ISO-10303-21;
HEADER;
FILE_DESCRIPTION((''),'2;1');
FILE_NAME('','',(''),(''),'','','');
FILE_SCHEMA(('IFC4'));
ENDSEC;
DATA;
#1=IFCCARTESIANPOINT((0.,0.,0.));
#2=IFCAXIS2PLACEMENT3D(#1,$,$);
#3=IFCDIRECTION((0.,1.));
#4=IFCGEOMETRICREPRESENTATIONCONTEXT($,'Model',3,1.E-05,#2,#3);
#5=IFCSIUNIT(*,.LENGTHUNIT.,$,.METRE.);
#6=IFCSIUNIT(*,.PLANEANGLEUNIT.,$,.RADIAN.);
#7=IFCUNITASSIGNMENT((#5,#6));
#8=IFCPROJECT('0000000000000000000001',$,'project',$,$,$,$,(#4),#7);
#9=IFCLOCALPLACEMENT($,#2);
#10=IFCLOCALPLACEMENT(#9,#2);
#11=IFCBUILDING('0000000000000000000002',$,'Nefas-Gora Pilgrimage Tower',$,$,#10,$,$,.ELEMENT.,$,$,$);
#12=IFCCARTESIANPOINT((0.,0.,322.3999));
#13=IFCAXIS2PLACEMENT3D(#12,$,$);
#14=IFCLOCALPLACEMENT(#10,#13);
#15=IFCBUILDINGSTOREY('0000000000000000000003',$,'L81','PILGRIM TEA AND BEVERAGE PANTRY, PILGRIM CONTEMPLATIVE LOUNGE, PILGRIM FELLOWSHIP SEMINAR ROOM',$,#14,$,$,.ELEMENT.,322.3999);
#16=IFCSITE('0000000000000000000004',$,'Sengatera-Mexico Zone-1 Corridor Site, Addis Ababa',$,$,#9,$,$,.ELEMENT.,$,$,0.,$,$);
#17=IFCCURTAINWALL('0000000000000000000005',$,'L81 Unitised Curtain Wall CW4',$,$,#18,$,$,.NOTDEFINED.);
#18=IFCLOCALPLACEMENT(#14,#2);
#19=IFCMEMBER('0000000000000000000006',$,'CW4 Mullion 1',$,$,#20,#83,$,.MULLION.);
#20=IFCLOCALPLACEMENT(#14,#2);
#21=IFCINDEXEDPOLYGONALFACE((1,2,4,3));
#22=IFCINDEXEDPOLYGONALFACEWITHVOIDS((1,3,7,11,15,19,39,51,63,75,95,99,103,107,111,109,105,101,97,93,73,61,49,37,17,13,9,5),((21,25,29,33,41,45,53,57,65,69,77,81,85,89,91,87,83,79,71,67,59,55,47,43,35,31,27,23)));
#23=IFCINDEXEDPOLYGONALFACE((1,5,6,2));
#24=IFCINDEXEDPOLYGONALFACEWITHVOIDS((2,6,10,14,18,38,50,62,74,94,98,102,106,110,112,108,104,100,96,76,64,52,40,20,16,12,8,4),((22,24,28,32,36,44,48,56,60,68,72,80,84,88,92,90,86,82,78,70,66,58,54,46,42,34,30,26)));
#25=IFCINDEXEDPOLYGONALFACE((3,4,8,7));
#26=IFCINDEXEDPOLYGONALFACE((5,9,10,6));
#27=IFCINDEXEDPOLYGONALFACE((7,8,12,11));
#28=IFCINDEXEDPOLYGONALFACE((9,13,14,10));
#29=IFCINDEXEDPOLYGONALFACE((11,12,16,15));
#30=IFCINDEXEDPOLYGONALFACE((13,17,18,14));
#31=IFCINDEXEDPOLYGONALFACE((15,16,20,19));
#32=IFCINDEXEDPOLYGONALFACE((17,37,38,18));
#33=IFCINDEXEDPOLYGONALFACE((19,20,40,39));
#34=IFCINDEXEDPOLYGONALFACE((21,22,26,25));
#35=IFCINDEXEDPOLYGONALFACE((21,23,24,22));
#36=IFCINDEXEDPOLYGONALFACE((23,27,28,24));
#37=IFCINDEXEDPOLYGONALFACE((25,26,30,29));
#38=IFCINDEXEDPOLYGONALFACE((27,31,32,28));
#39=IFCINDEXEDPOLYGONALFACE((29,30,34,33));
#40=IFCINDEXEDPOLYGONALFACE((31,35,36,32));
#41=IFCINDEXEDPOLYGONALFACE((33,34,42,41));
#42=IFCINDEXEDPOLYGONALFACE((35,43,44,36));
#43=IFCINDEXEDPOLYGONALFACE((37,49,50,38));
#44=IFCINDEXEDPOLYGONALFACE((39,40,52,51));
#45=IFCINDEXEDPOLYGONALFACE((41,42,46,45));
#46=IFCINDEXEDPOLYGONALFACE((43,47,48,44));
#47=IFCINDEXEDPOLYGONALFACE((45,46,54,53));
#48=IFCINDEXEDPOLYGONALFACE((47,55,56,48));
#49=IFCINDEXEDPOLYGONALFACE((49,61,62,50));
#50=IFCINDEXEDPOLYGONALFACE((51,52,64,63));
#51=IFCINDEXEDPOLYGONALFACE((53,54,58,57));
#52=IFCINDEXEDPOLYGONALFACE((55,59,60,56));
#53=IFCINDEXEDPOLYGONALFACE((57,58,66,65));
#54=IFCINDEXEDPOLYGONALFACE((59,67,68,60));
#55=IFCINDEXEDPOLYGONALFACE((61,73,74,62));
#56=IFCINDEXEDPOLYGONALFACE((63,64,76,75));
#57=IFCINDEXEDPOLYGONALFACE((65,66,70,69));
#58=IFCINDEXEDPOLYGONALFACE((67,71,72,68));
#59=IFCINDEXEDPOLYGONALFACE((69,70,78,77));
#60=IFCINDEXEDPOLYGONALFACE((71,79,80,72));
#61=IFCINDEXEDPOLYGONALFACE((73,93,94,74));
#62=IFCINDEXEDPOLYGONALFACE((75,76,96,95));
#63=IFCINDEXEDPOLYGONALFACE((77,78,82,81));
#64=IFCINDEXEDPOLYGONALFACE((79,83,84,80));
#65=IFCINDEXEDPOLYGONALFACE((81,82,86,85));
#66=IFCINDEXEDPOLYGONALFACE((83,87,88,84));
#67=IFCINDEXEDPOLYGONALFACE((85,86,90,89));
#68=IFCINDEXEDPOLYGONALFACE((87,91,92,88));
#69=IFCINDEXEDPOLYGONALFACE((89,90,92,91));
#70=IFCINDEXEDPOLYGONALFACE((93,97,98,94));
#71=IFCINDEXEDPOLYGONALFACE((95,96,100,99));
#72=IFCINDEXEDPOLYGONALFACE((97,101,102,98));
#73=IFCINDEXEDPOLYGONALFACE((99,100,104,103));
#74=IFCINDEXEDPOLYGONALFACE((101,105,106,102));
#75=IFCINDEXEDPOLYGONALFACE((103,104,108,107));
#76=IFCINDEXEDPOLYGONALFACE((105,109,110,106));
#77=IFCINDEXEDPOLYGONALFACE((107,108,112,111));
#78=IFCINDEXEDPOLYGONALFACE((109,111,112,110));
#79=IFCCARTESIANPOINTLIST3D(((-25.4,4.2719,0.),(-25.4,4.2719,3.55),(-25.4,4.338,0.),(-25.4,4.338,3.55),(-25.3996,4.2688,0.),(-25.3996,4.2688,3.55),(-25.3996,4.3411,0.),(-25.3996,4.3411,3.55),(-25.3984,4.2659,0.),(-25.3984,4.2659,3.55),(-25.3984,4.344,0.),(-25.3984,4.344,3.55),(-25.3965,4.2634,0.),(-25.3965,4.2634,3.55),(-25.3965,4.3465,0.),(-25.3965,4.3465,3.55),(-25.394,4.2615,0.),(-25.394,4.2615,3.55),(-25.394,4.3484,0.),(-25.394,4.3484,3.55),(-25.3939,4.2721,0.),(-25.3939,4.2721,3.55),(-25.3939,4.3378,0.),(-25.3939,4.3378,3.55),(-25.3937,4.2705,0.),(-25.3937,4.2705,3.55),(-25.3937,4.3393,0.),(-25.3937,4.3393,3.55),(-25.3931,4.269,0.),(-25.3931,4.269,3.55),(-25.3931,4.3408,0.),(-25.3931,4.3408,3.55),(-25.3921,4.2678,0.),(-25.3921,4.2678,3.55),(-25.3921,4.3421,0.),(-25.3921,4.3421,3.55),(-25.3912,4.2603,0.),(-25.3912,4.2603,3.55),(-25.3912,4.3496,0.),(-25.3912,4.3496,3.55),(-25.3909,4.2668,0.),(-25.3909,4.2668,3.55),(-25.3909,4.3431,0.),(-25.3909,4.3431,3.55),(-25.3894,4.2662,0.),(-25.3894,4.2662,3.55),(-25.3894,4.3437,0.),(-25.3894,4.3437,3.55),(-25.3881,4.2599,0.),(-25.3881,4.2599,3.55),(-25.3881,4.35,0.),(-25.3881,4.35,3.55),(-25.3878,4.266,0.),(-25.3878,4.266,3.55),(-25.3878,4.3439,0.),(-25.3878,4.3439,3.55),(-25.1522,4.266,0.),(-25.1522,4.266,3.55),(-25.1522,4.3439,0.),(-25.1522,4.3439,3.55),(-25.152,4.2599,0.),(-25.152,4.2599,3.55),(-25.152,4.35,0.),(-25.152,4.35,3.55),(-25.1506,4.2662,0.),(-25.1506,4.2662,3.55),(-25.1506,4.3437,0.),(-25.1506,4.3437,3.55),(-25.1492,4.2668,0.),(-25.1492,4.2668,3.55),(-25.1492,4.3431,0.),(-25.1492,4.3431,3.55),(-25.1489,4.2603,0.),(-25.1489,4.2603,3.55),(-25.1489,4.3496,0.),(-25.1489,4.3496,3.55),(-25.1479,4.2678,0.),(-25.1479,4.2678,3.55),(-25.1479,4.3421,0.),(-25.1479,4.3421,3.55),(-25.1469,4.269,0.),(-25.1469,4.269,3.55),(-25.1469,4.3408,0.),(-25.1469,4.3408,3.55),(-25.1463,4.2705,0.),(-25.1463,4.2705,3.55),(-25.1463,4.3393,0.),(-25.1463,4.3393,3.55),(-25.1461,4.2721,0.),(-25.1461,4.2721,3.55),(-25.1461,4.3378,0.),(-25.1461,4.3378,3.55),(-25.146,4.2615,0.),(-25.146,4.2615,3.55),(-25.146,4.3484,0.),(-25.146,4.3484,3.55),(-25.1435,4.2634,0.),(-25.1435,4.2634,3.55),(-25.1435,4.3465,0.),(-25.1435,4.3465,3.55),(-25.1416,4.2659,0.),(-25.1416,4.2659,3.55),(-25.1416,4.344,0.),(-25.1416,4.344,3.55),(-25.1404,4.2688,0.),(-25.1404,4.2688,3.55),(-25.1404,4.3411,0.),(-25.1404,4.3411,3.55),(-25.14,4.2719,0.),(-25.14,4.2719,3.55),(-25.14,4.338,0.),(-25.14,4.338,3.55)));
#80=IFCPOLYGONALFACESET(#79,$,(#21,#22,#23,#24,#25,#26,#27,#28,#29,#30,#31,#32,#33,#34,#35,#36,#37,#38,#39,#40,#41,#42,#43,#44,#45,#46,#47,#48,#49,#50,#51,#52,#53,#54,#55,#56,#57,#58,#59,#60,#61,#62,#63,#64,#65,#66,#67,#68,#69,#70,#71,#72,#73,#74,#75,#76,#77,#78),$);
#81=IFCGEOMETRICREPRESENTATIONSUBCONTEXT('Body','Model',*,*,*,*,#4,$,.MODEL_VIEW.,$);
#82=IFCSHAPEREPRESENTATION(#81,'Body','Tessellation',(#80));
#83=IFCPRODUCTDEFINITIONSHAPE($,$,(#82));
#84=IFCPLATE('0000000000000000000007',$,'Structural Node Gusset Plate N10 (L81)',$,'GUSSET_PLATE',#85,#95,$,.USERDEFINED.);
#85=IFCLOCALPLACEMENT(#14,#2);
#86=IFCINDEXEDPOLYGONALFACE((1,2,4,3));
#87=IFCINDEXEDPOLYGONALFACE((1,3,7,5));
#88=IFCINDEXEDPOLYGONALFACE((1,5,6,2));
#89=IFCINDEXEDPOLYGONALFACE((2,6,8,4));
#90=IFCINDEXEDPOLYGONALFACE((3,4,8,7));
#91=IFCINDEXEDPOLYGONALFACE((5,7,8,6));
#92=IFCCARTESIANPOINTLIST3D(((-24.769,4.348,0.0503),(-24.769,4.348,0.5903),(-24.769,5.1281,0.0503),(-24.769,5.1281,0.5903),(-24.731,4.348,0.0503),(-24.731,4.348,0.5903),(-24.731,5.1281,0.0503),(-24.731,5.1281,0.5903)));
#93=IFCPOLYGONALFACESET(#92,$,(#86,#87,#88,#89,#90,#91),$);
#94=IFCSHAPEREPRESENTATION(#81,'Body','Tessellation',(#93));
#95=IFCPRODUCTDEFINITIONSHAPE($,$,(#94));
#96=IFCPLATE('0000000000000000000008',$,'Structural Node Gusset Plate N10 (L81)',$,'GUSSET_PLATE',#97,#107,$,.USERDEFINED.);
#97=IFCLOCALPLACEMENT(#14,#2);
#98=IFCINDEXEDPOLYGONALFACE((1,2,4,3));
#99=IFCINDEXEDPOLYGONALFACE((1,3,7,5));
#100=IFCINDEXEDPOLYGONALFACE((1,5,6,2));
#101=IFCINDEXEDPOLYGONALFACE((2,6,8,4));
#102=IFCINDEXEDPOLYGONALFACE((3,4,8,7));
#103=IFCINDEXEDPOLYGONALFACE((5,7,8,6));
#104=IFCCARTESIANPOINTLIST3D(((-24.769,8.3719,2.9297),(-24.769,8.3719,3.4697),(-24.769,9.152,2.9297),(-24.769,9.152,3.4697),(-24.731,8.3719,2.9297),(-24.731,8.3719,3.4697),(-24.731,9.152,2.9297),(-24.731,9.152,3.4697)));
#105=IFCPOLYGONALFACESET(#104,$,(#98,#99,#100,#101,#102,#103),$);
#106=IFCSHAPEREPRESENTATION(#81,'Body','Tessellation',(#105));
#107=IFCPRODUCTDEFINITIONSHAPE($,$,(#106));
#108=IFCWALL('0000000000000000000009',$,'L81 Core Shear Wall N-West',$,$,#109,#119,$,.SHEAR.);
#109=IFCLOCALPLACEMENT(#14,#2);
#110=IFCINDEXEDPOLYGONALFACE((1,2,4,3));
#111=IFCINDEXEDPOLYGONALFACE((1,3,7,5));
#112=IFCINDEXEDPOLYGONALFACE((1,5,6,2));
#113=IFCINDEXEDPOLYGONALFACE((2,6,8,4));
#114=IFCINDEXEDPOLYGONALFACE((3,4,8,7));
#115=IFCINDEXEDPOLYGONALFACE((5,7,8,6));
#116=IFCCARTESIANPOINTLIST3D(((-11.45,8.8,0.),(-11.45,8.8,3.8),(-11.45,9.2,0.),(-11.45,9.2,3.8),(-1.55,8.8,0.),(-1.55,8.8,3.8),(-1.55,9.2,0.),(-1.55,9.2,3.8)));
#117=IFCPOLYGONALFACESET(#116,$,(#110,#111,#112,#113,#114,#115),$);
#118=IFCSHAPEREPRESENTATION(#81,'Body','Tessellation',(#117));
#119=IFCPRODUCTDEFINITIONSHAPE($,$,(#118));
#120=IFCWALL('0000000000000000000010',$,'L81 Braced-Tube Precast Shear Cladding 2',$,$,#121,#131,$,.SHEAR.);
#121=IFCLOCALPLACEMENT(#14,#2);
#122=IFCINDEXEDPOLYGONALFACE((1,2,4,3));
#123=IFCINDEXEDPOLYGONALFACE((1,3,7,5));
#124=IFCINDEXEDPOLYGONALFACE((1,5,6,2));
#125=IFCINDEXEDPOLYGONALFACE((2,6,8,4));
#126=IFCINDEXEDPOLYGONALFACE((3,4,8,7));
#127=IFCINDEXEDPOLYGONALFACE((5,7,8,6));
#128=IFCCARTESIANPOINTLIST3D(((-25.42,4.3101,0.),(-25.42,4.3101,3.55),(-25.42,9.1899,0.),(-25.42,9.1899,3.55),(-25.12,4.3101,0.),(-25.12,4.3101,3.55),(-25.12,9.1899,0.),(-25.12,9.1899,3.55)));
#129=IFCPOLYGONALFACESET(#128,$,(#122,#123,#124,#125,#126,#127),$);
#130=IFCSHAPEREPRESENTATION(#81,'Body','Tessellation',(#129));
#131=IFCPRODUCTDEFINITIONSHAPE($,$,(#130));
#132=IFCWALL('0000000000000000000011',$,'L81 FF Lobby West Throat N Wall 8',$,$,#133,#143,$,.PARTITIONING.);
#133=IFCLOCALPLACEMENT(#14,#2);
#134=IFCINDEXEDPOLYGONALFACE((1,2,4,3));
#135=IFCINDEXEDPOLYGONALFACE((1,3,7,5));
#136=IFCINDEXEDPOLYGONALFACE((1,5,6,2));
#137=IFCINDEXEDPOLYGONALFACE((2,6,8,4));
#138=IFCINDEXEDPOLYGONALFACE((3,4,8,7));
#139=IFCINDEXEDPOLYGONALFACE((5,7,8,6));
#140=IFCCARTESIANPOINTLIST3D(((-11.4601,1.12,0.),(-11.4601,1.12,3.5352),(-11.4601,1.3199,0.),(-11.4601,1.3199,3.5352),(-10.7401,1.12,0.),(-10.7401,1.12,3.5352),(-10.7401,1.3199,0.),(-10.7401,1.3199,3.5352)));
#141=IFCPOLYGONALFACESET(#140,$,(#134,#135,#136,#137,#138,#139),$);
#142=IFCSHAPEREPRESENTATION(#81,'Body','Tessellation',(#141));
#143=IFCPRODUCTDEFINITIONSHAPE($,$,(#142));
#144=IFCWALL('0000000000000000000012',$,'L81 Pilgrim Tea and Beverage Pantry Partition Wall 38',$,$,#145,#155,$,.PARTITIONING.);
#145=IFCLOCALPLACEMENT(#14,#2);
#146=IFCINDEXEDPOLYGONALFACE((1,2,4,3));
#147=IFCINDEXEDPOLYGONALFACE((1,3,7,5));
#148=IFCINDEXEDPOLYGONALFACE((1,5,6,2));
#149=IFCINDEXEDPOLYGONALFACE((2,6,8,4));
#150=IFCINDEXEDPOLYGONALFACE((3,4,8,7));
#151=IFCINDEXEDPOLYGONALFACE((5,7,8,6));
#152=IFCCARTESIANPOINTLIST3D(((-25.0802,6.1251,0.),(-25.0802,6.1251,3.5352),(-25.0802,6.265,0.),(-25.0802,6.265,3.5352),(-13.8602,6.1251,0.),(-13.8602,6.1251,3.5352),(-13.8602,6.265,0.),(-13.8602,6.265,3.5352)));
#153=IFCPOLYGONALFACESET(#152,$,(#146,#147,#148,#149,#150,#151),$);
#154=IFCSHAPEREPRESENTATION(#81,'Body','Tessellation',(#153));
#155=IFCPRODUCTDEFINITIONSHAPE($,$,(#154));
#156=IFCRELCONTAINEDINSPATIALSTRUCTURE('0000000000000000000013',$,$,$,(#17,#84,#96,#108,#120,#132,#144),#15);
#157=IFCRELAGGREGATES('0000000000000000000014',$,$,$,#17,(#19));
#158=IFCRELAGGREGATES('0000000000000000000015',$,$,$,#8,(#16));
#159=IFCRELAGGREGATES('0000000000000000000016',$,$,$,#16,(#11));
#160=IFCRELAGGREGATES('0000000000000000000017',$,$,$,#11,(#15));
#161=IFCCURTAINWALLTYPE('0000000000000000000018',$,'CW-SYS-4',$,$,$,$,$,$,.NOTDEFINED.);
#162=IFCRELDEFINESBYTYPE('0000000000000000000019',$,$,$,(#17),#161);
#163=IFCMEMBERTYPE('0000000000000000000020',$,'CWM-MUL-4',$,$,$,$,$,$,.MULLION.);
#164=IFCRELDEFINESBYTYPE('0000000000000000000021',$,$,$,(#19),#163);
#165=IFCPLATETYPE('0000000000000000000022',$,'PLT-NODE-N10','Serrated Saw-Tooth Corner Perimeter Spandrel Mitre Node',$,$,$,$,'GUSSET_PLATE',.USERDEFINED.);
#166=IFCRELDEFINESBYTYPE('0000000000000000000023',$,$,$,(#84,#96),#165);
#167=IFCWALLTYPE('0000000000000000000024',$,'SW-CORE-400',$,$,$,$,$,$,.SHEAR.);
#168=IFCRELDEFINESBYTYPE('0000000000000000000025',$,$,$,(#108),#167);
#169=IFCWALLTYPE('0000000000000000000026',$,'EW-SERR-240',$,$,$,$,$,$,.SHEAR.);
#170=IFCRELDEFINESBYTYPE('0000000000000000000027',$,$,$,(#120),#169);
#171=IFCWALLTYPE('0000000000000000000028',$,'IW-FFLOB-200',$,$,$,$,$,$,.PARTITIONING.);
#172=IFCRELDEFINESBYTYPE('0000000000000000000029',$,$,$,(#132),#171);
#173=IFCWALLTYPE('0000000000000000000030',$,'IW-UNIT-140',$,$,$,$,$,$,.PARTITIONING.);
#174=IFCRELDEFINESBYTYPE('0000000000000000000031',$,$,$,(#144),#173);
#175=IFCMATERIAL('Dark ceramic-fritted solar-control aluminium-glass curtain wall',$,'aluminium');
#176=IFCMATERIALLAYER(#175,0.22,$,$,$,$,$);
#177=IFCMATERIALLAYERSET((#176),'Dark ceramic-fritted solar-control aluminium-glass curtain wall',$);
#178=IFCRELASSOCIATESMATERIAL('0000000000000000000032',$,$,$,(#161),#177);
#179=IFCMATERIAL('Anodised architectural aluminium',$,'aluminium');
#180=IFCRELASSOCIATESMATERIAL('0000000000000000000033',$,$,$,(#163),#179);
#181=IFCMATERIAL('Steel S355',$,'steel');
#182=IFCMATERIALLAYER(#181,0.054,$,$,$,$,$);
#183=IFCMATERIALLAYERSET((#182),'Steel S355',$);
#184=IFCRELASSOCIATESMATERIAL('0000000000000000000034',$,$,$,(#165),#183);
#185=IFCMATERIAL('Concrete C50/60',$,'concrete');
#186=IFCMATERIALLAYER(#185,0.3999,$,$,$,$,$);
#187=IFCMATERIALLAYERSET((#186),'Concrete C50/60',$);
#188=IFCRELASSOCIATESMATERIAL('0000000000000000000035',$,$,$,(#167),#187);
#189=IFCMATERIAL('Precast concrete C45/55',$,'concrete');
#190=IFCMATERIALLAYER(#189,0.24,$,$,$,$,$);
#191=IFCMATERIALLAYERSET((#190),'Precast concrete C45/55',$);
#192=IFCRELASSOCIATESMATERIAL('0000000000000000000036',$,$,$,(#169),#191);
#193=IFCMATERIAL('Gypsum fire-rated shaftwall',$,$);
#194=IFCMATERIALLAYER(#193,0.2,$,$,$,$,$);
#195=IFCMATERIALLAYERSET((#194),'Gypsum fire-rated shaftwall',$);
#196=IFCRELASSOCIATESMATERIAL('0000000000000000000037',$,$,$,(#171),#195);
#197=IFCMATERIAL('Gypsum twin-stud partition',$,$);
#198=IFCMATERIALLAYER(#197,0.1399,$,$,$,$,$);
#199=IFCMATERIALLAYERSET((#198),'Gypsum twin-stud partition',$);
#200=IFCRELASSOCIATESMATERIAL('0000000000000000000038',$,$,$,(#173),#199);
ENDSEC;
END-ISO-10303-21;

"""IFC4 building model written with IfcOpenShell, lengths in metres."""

from ifc_helpers import new_model, si_unit, direction, frame, frame_2d, origin, origin_2d, place, context, subcontext, project, spatial, rectangle, hollow_rectangle, extrude, source, transform, mapped, material, layer, layer_set, material_profile, profile_set, type_object, element, aggregate, save


model = new_model("IFC4")

# Units and contexts
model_context = context("Model", 3, precision=1e-05, world=origin(), true_north=direction((0.0, 1.0)))
body_context = subcontext(model_context, "Body", "Model", "MODEL_VIEW")
ifc_project = project(units=[si_unit("LENGTHUNIT", "METRE"), si_unit("PLANEANGLEUNIT", "RADIAN")], contexts=[model_context])

# Site, building, storey
site_placement = place(None, origin())
site = spatial("IfcSite", under=ifc_project, at=site_placement, Name="Sengatera-Mexico Zone-1 Corridor Site, Addis Ababa", CompositionType="ELEMENT", RefElevation=0.0)
building_placement = place(site_placement, origin())
building = spatial("IfcBuilding", under=site, at=building_placement, Name="Nefas-Gora Pilgrimage Tower", CompositionType="ELEMENT")
storey_placement = place(building_placement, frame((0.0, 0.0, 322.3999)))
storey = spatial("IfcBuildingStorey", under=building, at=storey_placement, Name="L81", Description="PILGRIM TEA AND BEVERAGE PANTRY, PILGRIM CONTEMPLATIVE LOUNGE, PILGRIM FELLOWSHIP SEMINAR ROOM", CompositionType="ELEMENT", Elevation=322.3999)

# Shared definitions
ifc_material_1 = material(Name="Steel S355", Category="steel")

# Curtain wall, member
ifc_material_2 = material(Name="Dark ceramic-fritted solar-control aluminium-glass curtain wall", Category="aluminium")
ifc_layer_1 = layer(ifc_material_2, 0.22)
ifc_layer_set_1 = layer_set([ifc_layer_1], Name="Dark ceramic-fritted solar-control aluminium-glass curtain wall")
curtain_wall_type = type_object("IfcCurtainWallType", Name="CW-SYS-4", PredefinedType="NOTDEFINED", material=ifc_layer_set_1)
curtain_wall_placement = place(storey_placement, origin())
curtain_wall = element("IfcCurtainWall", 1, at=curtain_wall_placement, inside=storey, type_object=curtain_wall_type, Name="L81 Unitised Curtain Wall CW4", PredefinedType="NOTDEFINED")
ifc_material_3 = material(Name="Anodised architectural aluminium", Category="aluminium")
ifc_material_profile_1 = material_profile(ifc_material_3, hollow_rectangle(XDim=0.0901, YDim=0.26, WallThickness=0.0061, InnerFilletRadius=0.0061, OuterFilletRadius=0.012, at=origin_2d()), Name="ALU MULLION 90x260")
ifc_profile_set_1 = profile_set([ifc_material_profile_1], Name="Anodised architectural aluminium")
member_type_1 = type_object("IfcMemberType", Name="CWM-MUL-4", PredefinedType="MULLION", material=ifc_profile_set_1)
shared_shape_1 = source(origin(), body_context, "Body", "SweptSolid", [
    extrude(hollow_rectangle(XDim=0.0901, YDim=0.26, WallThickness=0.0061, InnerFilletRadius=0.0061, OuterFilletRadius=0.012, at=origin_2d()), origin(), (0.0, 0.0, 1.0), 3.55),
])
member_1_placement = place(storey_placement, frame((-25.27, 4.3049, 0.0), z_axis=(0.0, 0.0, 1.0), x_axis=(0.0, -1.0, 0.0)))
member_1 = element("IfcMember", 2, at=member_1_placement, type_object=member_type_1, Name="CW4 Mullion 1", PredefinedType="MULLION", context=body_context, shape_type="MappedRepresentation", body=[
    mapped(shared_shape_1, transform((0.0, 0.0, 0.0), x_axis=(1.0, 0.0, 0.0), y_axis=(0.0, 1.0, 0.0), z_axis=(0.0, 0.0, 1.0), scale=1.0)),
])
aggregate(curtain_wall, [member_1])

# Plates
ifc_layer_2 = layer(ifc_material_1, 0.054)
ifc_layer_set_2 = layer_set([ifc_layer_2], Name="Steel S355")
plate_type = type_object("IfcPlateType", Name="PLT-NODE-N10", Description="Serrated Saw-Tooth Corner Perimeter Spandrel Mitre Node", ElementType="GUSSET_PLATE", PredefinedType="USERDEFINED", material=ifc_layer_set_2)
shared_shape_2 = source(origin(), body_context, "Body", "SweptSolid", [
    extrude(rectangle(XDim=0.78, YDim=0.0381, at=origin_2d()), origin(), (0.0, 0.0, 1.0), 0.54),
])
for number, where, z_axis, x_axis, name in (
    (3, (-24.75, 4.738, 0.0503), (0.0, 0.0, 1.0), (0.0, 1.0, 0.0), "Structural Node Gusset Plate N10 (L81)"),
    (4, (-24.75, 8.762, 2.9297), (0.0, 0.0, 1.0), (0.0, 1.0, 0.0), "Structural Node Gusset Plate N10 (L81)"),
):
    element("IfcPlate", number, at=place(storey_placement, frame(where, z_axis=z_axis, x_axis=x_axis)), inside=storey, type_object=plate_type, Name=name, ObjectType="GUSSET_PLATE", PredefinedType="USERDEFINED", context=body_context, shape_type="MappedRepresentation", body=[
        mapped(shared_shape_2, transform((0.0, 0.0, 0.0), x_axis=(1.0, 0.0, 0.0), y_axis=(0.0, 1.0, 0.0), z_axis=(0.0, 0.0, 1.0), scale=1.0)),
    ])

# Walls
ifc_material_4 = material(Name="Concrete C50/60", Category="concrete")
ifc_layer_3 = layer(ifc_material_4, 0.3999)
ifc_layer_set_3 = layer_set([ifc_layer_3], Name="Concrete C50/60")
wall_type_1 = type_object("IfcWallType", Name="SW-CORE-400", PredefinedType="SHEAR", material=ifc_layer_set_3)
shared_shape_3 = source(origin(), body_context, "Body", "SweptSolid", [
    extrude(rectangle(XDim=9.8999, YDim=0.3999, at=frame_2d((4.95, 0.0))), origin(), (0.0, 0.0, 1.0), 3.8),
])
wall_1_placement = place(storey_placement, frame((-11.45, 9.0, 0.0), z_axis=(0.0, 0.0, 1.0), x_axis=(1.0, 0.0, 0.0)))
element("IfcWall", 5, at=wall_1_placement, inside=storey, type_object=wall_type_1, Name="L81 Core Shear Wall N-West", PredefinedType="SHEAR", context=body_context, shape_type="MappedRepresentation", body=[
    mapped(shared_shape_3, transform((0.0, 0.0, 0.0), x_axis=(1.0, 0.0, 0.0), y_axis=(0.0, 1.0, 0.0), z_axis=(0.0, 0.0, 1.0), scale=1.0)),
])
ifc_material_5 = material(Name="Precast concrete C45/55", Category="concrete")
ifc_layer_4 = layer(ifc_material_5, 0.24)
ifc_layer_set_4 = layer_set([ifc_layer_4], Name="Precast concrete C45/55")
wall_type_2 = type_object("IfcWallType", Name="EW-SERR-240", PredefinedType="SHEAR", material=ifc_layer_set_4)
shared_shape_4 = source(origin(), body_context, "Body", "SweptSolid", [
    extrude(rectangle(XDim=4.8799, YDim=0.3, at=frame_2d((2.4399, 0.0))), origin(), (0.0, 0.0, 1.0), 3.55),
])
wall_2_placement = place(storey_placement, frame((-25.27, 4.3101, 0.0), z_axis=(0.0, 0.0, 1.0), x_axis=(0.0, 1.0, 0.0)))
element("IfcWall", 6, at=wall_2_placement, inside=storey, type_object=wall_type_2, Name="L81 Braced-Tube Precast Shear Cladding 2", PredefinedType="SHEAR", context=body_context, shape_type="MappedRepresentation", body=[
    mapped(shared_shape_4, transform((0.0, 0.0, 0.0), x_axis=(1.0, 0.0, 0.0), y_axis=(0.0, 1.0, 0.0), z_axis=(0.0, 0.0, 1.0), scale=1.0)),
])
ifc_material_6 = material(Name="Gypsum fire-rated shaftwall")
ifc_layer_5 = layer(ifc_material_6, 0.2)
ifc_layer_set_5 = layer_set([ifc_layer_5], Name="Gypsum fire-rated shaftwall")
wall_type_3 = type_object("IfcWallType", Name="IW-FFLOB-200", PredefinedType="PARTITIONING", material=ifc_layer_set_5)
shared_shape_5 = source(origin(), body_context, "Body", "SweptSolid", [
    extrude(rectangle(XDim=0.72, YDim=0.2, at=frame_2d((0.3599, 0.0))), origin(), (0.0, 0.0, 1.0), 3.5352),
])
wall_3_placement = place(storey_placement, frame((-11.46, 1.22, 0.0), z_axis=(0.0, 0.0, 1.0), x_axis=(1.0, 0.0, 0.0)))
element("IfcWall", 7, at=wall_3_placement, inside=storey, type_object=wall_type_3, Name="L81 FF Lobby West Throat N Wall 8", PredefinedType="PARTITIONING", context=body_context, shape_type="MappedRepresentation", body=[
    mapped(shared_shape_5, transform((0.0, 0.0, 0.0), x_axis=(1.0, 0.0, 0.0), y_axis=(0.0, 1.0, 0.0), z_axis=(0.0, 0.0, 1.0), scale=1.0)),
])
ifc_material_7 = material(Name="Gypsum twin-stud partition")
ifc_layer_6 = layer(ifc_material_7, 0.1399)
ifc_layer_set_6 = layer_set([ifc_layer_6], Name="Gypsum twin-stud partition")
wall_type_4 = type_object("IfcWallType", Name="IW-UNIT-140", PredefinedType="PARTITIONING", material=ifc_layer_set_6)
shared_shape_6 = source(origin(), body_context, "Body", "SweptSolid", [
    extrude(rectangle(XDim=11.22, YDim=0.1399, at=frame_2d((5.6099, 0.0))), origin(), (0.0, 0.0, 1.0), 3.5352),
])
wall_4_placement = place(storey_placement, frame((-25.0801, 6.1951, 0.0), z_axis=(0.0, 0.0, 1.0), x_axis=(1.0, 0.0, 0.0)))
element("IfcWall", 8, at=wall_4_placement, inside=storey, type_object=wall_type_4, Name="L81 Pilgrim Tea and Beverage Pantry Partition Wall 38", PredefinedType="PARTITIONING", context=body_context, shape_type="MappedRepresentation", body=[
    mapped(shared_shape_6, transform((0.0, 0.0, 0.0), x_axis=(1.0, 0.0, 0.0), y_axis=(0.0, 1.0, 0.0), z_axis=(0.0, 0.0, 1.0), scale=1.0)),
])

save(model, "model.ifc")
